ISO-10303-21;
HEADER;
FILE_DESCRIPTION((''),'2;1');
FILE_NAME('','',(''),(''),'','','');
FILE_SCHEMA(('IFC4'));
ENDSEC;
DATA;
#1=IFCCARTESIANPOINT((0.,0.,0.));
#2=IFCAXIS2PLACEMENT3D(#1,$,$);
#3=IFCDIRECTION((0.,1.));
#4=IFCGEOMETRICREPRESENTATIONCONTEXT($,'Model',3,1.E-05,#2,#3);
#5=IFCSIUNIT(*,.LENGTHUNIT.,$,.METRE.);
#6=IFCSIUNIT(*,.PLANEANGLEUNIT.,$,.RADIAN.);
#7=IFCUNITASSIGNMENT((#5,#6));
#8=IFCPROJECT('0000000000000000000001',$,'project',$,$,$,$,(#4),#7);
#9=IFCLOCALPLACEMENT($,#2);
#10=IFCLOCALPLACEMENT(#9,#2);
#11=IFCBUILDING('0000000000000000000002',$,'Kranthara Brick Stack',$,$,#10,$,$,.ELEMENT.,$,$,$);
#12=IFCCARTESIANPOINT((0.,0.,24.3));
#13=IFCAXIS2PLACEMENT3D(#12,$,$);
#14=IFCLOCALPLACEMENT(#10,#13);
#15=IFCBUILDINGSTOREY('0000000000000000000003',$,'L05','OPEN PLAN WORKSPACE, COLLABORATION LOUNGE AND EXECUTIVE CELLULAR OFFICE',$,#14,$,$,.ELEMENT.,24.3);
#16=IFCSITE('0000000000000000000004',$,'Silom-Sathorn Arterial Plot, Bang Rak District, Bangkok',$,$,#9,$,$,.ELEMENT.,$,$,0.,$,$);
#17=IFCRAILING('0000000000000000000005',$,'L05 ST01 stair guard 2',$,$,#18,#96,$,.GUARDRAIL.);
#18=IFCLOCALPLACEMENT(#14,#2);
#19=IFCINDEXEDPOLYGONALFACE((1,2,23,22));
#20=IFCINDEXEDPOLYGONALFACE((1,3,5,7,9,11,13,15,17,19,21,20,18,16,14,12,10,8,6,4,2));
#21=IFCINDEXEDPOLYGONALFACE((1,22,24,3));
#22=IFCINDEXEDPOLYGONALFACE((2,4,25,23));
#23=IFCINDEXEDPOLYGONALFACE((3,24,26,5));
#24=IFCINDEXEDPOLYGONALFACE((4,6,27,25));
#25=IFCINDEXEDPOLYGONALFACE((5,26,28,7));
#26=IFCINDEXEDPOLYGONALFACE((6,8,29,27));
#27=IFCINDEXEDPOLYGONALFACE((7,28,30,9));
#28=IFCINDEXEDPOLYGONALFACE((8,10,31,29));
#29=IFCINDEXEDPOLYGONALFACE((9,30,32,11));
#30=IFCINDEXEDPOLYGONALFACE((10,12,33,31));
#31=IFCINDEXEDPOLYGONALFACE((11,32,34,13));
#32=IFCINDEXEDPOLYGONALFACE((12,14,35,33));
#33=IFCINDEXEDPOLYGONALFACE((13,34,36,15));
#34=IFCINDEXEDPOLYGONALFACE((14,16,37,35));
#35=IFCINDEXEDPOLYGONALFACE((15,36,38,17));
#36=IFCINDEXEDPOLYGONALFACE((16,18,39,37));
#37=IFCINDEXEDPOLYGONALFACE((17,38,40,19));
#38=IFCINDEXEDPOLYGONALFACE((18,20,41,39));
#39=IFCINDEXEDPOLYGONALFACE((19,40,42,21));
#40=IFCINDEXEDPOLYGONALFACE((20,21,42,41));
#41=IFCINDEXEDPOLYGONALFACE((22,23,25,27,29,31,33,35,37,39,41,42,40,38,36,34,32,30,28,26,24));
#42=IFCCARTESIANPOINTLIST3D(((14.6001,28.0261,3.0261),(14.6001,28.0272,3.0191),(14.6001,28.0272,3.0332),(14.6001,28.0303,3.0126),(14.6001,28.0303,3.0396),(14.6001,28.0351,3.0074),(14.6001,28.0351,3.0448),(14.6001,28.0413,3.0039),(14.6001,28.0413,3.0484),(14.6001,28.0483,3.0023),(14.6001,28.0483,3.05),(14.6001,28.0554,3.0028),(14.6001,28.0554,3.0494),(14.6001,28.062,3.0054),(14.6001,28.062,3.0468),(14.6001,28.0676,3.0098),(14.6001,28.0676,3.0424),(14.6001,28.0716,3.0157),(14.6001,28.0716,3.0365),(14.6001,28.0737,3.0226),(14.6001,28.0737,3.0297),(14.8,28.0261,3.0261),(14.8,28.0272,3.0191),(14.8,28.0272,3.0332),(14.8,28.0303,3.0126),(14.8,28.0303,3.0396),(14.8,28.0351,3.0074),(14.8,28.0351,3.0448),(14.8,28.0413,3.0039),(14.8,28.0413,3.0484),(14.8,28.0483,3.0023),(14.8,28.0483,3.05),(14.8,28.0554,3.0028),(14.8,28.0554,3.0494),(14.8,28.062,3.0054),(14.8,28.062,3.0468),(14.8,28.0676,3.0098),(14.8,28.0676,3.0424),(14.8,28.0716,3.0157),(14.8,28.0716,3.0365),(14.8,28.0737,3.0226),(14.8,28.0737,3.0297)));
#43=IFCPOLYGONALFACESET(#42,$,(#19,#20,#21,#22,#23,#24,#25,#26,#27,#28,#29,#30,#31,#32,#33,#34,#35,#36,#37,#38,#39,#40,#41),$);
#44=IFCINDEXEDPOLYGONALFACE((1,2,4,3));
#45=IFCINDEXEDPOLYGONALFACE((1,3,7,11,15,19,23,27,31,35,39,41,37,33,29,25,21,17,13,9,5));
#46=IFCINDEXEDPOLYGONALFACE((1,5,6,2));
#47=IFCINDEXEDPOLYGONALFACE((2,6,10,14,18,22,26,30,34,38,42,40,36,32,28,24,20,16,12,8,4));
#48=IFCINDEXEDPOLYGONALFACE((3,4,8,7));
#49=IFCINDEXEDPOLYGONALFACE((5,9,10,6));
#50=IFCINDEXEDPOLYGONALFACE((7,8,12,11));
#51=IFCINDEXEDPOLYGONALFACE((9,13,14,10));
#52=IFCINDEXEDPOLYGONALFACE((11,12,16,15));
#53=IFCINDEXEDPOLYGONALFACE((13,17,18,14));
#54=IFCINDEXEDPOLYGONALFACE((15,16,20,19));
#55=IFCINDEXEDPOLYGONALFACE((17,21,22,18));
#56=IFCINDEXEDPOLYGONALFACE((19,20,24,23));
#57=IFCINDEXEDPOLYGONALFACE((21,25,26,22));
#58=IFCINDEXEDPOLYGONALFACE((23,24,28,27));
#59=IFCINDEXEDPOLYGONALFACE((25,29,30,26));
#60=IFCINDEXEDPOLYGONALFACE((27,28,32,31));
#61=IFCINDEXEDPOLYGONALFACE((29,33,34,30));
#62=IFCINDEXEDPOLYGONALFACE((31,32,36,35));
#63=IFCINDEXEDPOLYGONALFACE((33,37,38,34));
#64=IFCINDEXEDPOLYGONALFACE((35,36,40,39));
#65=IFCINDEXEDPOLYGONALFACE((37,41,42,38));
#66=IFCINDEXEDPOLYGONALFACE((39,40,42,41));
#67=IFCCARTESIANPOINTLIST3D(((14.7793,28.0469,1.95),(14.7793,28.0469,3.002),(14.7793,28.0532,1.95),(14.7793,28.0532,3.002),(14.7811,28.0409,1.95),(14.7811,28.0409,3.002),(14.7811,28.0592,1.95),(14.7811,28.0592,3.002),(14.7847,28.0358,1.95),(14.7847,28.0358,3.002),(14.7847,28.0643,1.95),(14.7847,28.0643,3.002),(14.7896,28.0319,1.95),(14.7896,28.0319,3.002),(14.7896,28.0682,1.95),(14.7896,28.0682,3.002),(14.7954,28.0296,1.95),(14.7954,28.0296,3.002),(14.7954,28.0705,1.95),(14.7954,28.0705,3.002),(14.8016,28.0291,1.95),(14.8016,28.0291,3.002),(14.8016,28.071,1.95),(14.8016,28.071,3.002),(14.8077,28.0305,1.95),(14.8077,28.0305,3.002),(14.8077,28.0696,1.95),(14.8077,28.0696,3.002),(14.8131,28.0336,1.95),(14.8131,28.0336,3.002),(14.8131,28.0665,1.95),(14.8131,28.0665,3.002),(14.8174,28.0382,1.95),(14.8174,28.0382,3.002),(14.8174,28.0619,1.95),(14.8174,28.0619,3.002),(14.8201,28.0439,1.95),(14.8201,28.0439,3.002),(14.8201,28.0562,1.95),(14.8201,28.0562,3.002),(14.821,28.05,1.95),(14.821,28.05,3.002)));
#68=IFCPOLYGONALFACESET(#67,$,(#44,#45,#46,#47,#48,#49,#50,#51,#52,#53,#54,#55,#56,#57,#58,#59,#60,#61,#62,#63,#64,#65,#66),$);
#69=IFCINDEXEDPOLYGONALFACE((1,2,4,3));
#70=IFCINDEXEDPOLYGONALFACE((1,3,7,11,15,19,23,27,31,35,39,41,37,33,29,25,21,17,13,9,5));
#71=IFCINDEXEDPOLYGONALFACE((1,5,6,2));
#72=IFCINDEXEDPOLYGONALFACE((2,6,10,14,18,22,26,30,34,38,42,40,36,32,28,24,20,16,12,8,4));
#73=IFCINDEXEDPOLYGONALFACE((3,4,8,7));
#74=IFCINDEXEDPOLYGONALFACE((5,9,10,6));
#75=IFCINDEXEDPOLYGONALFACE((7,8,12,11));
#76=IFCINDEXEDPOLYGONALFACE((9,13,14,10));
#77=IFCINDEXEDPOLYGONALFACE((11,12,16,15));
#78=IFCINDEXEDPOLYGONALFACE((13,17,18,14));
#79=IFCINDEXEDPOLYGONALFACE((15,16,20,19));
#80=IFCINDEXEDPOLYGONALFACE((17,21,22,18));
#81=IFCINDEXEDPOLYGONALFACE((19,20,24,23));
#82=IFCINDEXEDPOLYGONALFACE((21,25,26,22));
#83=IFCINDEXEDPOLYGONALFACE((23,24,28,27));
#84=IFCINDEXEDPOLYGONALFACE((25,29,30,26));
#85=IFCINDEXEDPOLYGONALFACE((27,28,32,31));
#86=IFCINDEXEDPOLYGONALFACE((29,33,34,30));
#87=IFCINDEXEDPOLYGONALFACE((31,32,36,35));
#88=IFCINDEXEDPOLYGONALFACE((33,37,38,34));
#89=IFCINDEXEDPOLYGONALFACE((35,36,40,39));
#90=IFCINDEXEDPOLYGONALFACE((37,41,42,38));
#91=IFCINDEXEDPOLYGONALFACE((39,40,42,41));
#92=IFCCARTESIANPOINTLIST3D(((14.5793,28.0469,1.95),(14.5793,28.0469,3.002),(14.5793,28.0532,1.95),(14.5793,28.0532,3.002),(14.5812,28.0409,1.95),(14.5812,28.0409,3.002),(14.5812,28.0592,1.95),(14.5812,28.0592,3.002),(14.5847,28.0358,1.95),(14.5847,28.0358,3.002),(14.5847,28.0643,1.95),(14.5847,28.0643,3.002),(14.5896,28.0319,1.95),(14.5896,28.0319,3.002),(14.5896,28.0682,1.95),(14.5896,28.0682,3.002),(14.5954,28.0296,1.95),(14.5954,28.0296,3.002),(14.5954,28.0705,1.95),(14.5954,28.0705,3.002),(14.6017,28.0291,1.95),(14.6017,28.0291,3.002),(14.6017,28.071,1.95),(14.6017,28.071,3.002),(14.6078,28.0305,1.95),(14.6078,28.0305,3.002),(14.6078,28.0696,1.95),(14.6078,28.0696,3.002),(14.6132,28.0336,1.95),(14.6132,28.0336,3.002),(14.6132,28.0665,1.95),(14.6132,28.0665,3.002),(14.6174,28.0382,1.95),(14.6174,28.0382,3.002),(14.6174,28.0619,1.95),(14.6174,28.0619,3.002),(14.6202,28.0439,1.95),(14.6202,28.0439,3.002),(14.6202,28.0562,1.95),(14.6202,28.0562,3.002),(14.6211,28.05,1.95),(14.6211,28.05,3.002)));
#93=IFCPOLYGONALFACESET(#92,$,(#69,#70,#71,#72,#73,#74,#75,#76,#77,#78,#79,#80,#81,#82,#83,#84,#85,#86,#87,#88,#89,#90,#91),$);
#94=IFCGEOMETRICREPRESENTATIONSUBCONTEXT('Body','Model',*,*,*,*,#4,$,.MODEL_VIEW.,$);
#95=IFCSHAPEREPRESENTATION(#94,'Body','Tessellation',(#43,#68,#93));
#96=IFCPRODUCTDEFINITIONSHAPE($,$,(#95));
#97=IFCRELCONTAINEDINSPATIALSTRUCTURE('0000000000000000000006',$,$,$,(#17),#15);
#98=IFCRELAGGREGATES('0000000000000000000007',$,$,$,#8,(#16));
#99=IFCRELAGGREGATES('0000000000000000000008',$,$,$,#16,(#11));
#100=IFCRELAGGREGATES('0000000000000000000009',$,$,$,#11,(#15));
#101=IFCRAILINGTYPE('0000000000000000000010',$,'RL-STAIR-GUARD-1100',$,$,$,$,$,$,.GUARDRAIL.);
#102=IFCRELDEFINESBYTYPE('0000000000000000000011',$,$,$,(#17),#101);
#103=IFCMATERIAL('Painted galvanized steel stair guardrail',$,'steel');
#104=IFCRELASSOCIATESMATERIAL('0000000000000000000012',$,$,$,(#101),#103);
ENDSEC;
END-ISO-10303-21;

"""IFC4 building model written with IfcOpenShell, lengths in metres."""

from ifc_helpers import new_model, si_unit, direction, frame, origin, origin_2d, place, context, subcontext, project, spatial, circle, extrude, material, type_object, element, save


model = new_model("IFC4")

# Units and contexts
model_context = context("Model", 3, precision=1e-05, world=origin(), true_north=direction((0.0, 1.0)))
body_context = subcontext(model_context, "Body", "Model", "MODEL_VIEW")
ifc_project = project(units=[si_unit("LENGTHUNIT", "METRE"), si_unit("PLANEANGLEUNIT", "RADIAN")], contexts=[model_context])

# Site, building, storey
site_placement = place(None, origin())
site = spatial("IfcSite", under=ifc_project, at=site_placement, Name="Silom-Sathorn Arterial Plot, Bang Rak District, Bangkok", CompositionType="ELEMENT", RefElevation=0.0)
building_placement = place(site_placement, origin())
building = spatial("IfcBuilding", under=site, at=building_placement, Name="Kranthara Brick Stack", CompositionType="ELEMENT")
storey_placement = place(building_placement, frame((0.0, 0.0, 24.3)))
storey = spatial("IfcBuildingStorey", under=building, at=storey_placement, Name="L05", Description="OPEN PLAN WORKSPACE, COLLABORATION LOUNGE AND EXECUTIVE CELLULAR OFFICE", CompositionType="ELEMENT", Elevation=24.3)

# Railing
ifc_material_1 = material(Name="Painted galvanized steel stair guardrail", Category="steel")
railing_type_1 = type_object("IfcRailingType", Name="RL-STAIR-GUARD-1100", PredefinedType="GUARDRAIL", material=ifc_material_1)
railing_1_placement = place(storey_placement, frame((14.8, 28.05, 1.95)))
element("IfcRailing", 1, at=railing_1_placement, inside=storey, type_object=railing_type_1, Name="L05 ST01 stair guard 2", PredefinedType="GUARDRAIL", context=body_context, shape_type="SweptSolid", body=[
    extrude(circle(Radius=0.0239, at=origin_2d()), frame((0.0, 0.0, 1.0762), z_axis=(-1.0, 0.0, 0.0), x_axis=(0.0, -1.0, 0.0)), (0.0, 0.0, 1.0), 0.2),
    extrude(circle(Radius=0.021, at=origin_2d()), origin(), (0.0, 0.0, 1.0), 1.052),
    extrude(circle(Radius=0.021, at=origin_2d()), frame((-0.2, 0.0, 0.0)), (0.0, 0.0, 1.0), 1.052),
])

save(model, "model.ifc")
